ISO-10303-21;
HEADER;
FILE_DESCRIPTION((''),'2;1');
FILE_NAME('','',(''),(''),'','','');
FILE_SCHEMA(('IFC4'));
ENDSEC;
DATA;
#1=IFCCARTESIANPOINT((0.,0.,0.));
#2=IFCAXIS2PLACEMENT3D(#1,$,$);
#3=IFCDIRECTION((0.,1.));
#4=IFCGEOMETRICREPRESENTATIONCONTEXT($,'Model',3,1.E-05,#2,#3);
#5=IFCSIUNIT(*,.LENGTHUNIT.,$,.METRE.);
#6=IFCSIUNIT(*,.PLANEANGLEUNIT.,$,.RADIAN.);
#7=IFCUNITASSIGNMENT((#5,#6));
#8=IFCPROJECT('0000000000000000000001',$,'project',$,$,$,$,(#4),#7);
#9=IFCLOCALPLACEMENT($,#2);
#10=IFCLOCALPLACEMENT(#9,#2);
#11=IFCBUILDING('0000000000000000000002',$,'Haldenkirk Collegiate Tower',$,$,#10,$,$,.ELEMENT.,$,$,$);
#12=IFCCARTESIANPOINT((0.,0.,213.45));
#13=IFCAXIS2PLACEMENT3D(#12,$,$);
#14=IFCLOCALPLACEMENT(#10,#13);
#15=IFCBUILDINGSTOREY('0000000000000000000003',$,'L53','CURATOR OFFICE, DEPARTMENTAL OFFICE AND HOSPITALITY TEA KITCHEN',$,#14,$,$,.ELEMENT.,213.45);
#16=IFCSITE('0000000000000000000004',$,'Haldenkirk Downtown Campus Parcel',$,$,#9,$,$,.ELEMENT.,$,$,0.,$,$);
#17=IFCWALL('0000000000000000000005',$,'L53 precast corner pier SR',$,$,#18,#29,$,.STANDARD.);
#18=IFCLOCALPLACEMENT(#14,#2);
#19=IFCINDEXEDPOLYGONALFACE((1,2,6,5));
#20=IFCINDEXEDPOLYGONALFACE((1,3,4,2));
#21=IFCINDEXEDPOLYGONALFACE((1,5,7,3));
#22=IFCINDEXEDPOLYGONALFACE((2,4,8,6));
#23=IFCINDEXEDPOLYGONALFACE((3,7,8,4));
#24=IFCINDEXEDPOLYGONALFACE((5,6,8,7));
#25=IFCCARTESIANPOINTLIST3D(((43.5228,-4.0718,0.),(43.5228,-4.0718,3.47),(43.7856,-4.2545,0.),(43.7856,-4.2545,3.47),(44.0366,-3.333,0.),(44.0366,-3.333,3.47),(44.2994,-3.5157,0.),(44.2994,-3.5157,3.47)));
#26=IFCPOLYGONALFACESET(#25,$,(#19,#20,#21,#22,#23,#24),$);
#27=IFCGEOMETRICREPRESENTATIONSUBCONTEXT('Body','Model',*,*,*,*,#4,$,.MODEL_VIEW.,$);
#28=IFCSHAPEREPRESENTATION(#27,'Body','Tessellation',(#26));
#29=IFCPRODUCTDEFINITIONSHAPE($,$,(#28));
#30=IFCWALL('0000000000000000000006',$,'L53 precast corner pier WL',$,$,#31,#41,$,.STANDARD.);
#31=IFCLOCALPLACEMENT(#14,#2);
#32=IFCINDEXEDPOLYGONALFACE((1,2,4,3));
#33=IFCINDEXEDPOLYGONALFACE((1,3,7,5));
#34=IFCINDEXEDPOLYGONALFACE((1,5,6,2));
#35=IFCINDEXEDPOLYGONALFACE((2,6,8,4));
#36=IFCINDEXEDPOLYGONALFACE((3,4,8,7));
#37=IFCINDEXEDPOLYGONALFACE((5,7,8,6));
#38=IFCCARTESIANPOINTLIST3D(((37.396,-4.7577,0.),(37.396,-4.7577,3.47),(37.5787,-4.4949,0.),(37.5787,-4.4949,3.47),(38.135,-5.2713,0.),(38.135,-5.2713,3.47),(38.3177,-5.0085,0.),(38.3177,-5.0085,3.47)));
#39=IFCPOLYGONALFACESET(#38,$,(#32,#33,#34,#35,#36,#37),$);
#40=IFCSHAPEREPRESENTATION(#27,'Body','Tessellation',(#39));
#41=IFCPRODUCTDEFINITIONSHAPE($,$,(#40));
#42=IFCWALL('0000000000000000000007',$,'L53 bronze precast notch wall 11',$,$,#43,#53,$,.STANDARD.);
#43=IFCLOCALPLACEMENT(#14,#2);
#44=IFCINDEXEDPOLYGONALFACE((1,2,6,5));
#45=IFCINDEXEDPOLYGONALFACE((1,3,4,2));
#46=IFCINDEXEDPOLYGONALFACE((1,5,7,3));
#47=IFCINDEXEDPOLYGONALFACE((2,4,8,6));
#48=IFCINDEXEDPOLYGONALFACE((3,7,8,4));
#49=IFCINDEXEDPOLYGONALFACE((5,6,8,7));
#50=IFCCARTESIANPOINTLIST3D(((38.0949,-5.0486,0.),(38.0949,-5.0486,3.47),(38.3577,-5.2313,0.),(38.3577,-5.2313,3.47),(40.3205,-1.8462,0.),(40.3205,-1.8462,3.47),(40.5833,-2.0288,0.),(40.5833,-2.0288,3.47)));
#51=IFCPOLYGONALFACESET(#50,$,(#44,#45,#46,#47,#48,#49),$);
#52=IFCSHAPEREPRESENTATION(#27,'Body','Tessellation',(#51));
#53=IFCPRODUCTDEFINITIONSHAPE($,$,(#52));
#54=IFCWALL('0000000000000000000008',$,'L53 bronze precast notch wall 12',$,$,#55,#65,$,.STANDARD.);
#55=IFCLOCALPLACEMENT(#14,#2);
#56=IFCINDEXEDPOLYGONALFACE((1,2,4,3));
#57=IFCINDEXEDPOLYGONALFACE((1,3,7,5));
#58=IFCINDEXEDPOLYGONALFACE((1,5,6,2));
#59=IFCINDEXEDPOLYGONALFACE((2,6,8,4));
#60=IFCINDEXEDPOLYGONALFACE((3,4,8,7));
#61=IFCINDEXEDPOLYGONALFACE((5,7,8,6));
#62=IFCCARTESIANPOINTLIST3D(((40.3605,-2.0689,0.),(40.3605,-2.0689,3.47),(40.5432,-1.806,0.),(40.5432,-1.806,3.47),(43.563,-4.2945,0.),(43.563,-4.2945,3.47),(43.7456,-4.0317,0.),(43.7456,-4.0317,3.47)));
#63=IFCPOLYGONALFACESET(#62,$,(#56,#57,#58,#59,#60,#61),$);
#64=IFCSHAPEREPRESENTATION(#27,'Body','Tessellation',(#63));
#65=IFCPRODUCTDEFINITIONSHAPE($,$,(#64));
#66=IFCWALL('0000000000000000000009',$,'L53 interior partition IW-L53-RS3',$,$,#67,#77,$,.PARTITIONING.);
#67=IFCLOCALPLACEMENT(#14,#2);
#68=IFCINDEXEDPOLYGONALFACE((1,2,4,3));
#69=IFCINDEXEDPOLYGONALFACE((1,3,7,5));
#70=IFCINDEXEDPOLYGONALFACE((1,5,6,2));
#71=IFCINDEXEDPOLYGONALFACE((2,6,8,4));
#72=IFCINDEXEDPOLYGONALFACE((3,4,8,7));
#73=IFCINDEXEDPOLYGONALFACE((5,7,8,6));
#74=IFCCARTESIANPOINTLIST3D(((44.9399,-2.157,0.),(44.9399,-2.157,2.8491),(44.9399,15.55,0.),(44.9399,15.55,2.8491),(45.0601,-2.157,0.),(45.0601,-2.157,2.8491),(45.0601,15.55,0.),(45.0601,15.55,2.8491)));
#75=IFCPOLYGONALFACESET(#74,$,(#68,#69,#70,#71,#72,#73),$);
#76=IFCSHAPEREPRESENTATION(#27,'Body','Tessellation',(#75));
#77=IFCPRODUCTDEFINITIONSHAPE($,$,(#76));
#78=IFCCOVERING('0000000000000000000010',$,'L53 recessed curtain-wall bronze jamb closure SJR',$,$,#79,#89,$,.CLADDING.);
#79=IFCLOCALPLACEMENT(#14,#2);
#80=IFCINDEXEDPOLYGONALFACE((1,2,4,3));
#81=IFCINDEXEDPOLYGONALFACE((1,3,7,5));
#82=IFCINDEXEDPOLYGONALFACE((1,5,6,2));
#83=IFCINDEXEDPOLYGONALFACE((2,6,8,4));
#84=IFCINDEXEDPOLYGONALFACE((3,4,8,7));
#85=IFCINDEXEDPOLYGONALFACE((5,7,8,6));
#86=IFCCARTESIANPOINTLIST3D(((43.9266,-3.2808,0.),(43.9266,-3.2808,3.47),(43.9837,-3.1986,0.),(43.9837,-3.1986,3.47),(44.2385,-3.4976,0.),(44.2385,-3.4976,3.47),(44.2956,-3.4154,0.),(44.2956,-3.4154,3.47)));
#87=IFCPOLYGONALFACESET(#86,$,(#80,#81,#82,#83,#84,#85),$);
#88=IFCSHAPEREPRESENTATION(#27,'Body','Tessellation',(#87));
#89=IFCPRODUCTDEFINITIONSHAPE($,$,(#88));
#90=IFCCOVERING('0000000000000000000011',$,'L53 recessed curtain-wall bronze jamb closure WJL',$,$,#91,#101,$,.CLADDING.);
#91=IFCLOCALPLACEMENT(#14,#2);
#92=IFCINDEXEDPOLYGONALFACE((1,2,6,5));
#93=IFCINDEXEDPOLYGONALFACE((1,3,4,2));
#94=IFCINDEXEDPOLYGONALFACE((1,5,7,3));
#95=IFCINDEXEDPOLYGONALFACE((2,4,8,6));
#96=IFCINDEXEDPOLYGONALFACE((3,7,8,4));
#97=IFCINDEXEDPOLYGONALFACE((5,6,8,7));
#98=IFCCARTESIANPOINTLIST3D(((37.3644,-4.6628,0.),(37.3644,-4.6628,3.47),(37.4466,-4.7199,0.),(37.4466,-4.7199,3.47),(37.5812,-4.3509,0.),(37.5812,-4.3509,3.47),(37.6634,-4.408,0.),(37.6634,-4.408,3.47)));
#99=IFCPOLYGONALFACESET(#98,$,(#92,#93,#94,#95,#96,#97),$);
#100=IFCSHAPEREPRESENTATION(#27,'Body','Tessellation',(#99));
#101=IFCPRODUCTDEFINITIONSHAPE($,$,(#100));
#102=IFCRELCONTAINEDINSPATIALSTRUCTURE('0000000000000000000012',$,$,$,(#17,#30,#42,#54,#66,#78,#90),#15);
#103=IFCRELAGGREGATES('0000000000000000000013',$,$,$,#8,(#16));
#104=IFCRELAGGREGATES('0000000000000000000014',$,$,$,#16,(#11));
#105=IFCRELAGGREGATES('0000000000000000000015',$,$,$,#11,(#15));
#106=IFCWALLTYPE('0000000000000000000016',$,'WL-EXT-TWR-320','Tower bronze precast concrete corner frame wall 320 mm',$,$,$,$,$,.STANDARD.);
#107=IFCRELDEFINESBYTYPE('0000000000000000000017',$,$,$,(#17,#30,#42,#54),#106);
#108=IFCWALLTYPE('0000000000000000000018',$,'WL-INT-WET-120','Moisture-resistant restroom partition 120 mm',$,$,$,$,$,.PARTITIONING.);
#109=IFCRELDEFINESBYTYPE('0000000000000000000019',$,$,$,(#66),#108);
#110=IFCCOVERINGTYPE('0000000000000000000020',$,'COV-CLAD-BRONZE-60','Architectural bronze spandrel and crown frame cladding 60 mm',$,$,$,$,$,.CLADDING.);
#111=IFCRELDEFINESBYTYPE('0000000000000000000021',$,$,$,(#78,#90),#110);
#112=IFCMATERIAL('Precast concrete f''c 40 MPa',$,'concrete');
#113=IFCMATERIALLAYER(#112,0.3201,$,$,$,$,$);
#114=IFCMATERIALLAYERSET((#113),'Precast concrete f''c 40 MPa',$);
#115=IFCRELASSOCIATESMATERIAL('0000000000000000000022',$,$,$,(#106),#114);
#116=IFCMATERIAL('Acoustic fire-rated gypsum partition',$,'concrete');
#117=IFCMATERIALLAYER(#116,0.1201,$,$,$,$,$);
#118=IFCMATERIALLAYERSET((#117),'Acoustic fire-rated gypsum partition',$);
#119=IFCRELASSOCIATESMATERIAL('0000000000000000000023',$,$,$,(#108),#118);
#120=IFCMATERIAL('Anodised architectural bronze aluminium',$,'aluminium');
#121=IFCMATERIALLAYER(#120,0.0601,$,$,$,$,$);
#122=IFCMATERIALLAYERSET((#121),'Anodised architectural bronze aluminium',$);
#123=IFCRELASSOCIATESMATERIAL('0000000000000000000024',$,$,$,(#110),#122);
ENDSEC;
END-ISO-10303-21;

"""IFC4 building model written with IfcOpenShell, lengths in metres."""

from ifc_helpers import new_model, si_unit, direction, frame, frame_2d, origin, origin_2d, place, context, subcontext, project, spatial, rectangle, extrude, source, transform, mapped, material, layer, layer_set, type_object, element, save


model = new_model("IFC4")

# Units and contexts
model_context = context("Model", 3, precision=1e-05, world=origin(), true_north=direction((0.0, 1.0)))
body_context = subcontext(model_context, "Body", "Model", "MODEL_VIEW")
ifc_project = project(units=[si_unit("LENGTHUNIT", "METRE"), si_unit("PLANEANGLEUNIT", "RADIAN")], contexts=[model_context])

# Site, building, storey
site_placement = place(None, origin())
site = spatial("IfcSite", under=ifc_project, at=site_placement, Name="Haldenkirk Downtown Campus Parcel", CompositionType="ELEMENT", RefElevation=0.0)
building_placement = place(site_placement, origin())
building = spatial("IfcBuilding", under=site, at=building_placement, Name="Haldenkirk Collegiate Tower", CompositionType="ELEMENT")
storey_placement = place(building_placement, frame((0.0, 0.0, 213.45)))
storey = spatial("IfcBuildingStorey", under=building, at=storey_placement, Name="L53", Description="CURATOR OFFICE, DEPARTMENTAL OFFICE AND HOSPITALITY TEA KITCHEN", CompositionType="ELEMENT", Elevation=213.45)

# Shared definitions
ifc_material_1 = material(Name="Anodised architectural bronze aluminium", Category="aluminium")

# Walls
ifc_material_2 = material(Name="Precast concrete f'c 40 MPa", Category="concrete")
ifc_layer_1 = layer(ifc_material_2, 0.3201)
ifc_layer_set_1 = layer_set([ifc_layer_1], Name="Precast concrete f'c 40 MPa")
wall_type_1 = type_object("IfcWallType", Name="WL-EXT-TWR-320", Description="Tower bronze precast concrete corner frame wall 320 mm", PredefinedType="STANDARD", material=ifc_layer_set_1)
for number, where, z_axis, x_axis, name in (
    (1, (44.168, -3.4243, 0.0), (0.0, 0.0, 1.0), (-0.570874, -0.821038, 0.0), "L53 precast corner pier SR"),
    (2, (38.2263, -5.1399, 0.0), (0.0, 0.0, 1.0), (-0.821126, 0.570747, 0.0), "L53 precast corner pier WL"),
):
    element("IfcWall", number, at=place(storey_placement, frame(where, z_axis=z_axis, x_axis=x_axis)), inside=storey, type_object=wall_type_1, Name=name, PredefinedType="STANDARD", context=body_context, shape_type="SweptSolid", body=[
        extrude(rectangle(XDim=0.8999, YDim=0.3201, at=frame_2d((0.45, 0.0))), origin(), (0.0, 0.0, 1.0), 3.47),
    ])
for number, where, z_axis, x_axis, name in (
    (3, (40.4519, -1.9375, 0.0), (0.0, 0.0, 1.0), (-0.57069, -0.821165, 0.0), "L53 bronze precast notch wall 11"),
    (4, (43.6543, -4.1631, 0.0), (0.0, 0.0, 1.0), (-0.821165, 0.57069, 0.0), "L53 bronze precast notch wall 12"),
):
    element("IfcWall", number, at=place(storey_placement, frame(where, z_axis=z_axis, x_axis=x_axis)), inside=storey, type_object=wall_type_1, Name=name, PredefinedType="STANDARD", context=body_context, shape_type="SweptSolid", body=[
        extrude(rectangle(XDim=3.8999, YDim=0.3201, at=frame_2d((1.95, 0.0))), origin(), (0.0, 0.0, 1.0), 3.47),
    ])
ifc_material_3 = material(Name="Acoustic fire-rated gypsum partition", Category="concrete")
ifc_layer_2 = layer(ifc_material_3, 0.1201)
ifc_layer_set_2 = layer_set([ifc_layer_2], Name="Acoustic fire-rated gypsum partition")
wall_type_2 = type_object("IfcWallType", Name="WL-INT-WET-120", Description="Moisture-resistant restroom partition 120 mm", PredefinedType="PARTITIONING", material=ifc_layer_set_2)
wall_placement = place(storey_placement, frame((45.0, -2.157, 0.0), z_axis=(0.0, 0.0, 1.0), x_axis=(0.0, 1.0, 0.0)))
element("IfcWall", 5, at=wall_placement, inside=storey, type_object=wall_type_2, Name="L53 interior partition IW-L53-RS3", PredefinedType="PARTITIONING", context=body_context, shape_type="SweptSolid", body=[
    extrude(rectangle(XDim=17.707, YDim=0.1201, at=frame_2d((8.8535, 0.0))), origin(), (0.0, 0.0, 1.0), 2.8491),
])

# Coverings
ifc_layer_3 = layer(ifc_material_1, 0.0601)
ifc_layer_set_3 = layer_set([ifc_layer_3], Name="Anodised architectural bronze aluminium")
covering_type = type_object("IfcCoveringType", Name="COV-CLAD-BRONZE-60", Description="Architectural bronze spandrel and crown frame cladding 60 mm", PredefinedType="CLADDING", material=ifc_layer_set_3)
shared_shape_1 = source(origin(), body_context, "Body", "SweptSolid", [
    extrude(rectangle(XDim=0.1001, YDim=0.3799, at=origin_2d()), origin(), (0.0, 0.0, 1.0), 3.47),
])
for number, where, z_axis, x_axis, name in (
    (6, (44.1111, -3.3481, 0.0), (0.0, 0.0, 1.0), (-0.570714, -0.821149, 0.0), "L53 recessed curtain-wall bronze jamb closure SJR"),
    (7, (37.5139, -4.5354, 0.0), (0.0, 0.0, 1.0), (-0.821149, 0.570714, 0.0), "L53 recessed curtain-wall bronze jamb closure WJL"),
):
    element("IfcCovering", number, at=place(storey_placement, frame(where, z_axis=z_axis, x_axis=x_axis)), inside=storey, type_object=covering_type, Name=name, PredefinedType="CLADDING", context=body_context, shape_type="MappedRepresentation", body=[
        mapped(shared_shape_1, transform((0.0, 0.0, 0.0), x_axis=(1.0, 0.0, 0.0), y_axis=(0.0, 1.0, 0.0), z_axis=(0.0, 0.0, 1.0), scale=1.0)),
    ])

save(model, "model.ifc")
